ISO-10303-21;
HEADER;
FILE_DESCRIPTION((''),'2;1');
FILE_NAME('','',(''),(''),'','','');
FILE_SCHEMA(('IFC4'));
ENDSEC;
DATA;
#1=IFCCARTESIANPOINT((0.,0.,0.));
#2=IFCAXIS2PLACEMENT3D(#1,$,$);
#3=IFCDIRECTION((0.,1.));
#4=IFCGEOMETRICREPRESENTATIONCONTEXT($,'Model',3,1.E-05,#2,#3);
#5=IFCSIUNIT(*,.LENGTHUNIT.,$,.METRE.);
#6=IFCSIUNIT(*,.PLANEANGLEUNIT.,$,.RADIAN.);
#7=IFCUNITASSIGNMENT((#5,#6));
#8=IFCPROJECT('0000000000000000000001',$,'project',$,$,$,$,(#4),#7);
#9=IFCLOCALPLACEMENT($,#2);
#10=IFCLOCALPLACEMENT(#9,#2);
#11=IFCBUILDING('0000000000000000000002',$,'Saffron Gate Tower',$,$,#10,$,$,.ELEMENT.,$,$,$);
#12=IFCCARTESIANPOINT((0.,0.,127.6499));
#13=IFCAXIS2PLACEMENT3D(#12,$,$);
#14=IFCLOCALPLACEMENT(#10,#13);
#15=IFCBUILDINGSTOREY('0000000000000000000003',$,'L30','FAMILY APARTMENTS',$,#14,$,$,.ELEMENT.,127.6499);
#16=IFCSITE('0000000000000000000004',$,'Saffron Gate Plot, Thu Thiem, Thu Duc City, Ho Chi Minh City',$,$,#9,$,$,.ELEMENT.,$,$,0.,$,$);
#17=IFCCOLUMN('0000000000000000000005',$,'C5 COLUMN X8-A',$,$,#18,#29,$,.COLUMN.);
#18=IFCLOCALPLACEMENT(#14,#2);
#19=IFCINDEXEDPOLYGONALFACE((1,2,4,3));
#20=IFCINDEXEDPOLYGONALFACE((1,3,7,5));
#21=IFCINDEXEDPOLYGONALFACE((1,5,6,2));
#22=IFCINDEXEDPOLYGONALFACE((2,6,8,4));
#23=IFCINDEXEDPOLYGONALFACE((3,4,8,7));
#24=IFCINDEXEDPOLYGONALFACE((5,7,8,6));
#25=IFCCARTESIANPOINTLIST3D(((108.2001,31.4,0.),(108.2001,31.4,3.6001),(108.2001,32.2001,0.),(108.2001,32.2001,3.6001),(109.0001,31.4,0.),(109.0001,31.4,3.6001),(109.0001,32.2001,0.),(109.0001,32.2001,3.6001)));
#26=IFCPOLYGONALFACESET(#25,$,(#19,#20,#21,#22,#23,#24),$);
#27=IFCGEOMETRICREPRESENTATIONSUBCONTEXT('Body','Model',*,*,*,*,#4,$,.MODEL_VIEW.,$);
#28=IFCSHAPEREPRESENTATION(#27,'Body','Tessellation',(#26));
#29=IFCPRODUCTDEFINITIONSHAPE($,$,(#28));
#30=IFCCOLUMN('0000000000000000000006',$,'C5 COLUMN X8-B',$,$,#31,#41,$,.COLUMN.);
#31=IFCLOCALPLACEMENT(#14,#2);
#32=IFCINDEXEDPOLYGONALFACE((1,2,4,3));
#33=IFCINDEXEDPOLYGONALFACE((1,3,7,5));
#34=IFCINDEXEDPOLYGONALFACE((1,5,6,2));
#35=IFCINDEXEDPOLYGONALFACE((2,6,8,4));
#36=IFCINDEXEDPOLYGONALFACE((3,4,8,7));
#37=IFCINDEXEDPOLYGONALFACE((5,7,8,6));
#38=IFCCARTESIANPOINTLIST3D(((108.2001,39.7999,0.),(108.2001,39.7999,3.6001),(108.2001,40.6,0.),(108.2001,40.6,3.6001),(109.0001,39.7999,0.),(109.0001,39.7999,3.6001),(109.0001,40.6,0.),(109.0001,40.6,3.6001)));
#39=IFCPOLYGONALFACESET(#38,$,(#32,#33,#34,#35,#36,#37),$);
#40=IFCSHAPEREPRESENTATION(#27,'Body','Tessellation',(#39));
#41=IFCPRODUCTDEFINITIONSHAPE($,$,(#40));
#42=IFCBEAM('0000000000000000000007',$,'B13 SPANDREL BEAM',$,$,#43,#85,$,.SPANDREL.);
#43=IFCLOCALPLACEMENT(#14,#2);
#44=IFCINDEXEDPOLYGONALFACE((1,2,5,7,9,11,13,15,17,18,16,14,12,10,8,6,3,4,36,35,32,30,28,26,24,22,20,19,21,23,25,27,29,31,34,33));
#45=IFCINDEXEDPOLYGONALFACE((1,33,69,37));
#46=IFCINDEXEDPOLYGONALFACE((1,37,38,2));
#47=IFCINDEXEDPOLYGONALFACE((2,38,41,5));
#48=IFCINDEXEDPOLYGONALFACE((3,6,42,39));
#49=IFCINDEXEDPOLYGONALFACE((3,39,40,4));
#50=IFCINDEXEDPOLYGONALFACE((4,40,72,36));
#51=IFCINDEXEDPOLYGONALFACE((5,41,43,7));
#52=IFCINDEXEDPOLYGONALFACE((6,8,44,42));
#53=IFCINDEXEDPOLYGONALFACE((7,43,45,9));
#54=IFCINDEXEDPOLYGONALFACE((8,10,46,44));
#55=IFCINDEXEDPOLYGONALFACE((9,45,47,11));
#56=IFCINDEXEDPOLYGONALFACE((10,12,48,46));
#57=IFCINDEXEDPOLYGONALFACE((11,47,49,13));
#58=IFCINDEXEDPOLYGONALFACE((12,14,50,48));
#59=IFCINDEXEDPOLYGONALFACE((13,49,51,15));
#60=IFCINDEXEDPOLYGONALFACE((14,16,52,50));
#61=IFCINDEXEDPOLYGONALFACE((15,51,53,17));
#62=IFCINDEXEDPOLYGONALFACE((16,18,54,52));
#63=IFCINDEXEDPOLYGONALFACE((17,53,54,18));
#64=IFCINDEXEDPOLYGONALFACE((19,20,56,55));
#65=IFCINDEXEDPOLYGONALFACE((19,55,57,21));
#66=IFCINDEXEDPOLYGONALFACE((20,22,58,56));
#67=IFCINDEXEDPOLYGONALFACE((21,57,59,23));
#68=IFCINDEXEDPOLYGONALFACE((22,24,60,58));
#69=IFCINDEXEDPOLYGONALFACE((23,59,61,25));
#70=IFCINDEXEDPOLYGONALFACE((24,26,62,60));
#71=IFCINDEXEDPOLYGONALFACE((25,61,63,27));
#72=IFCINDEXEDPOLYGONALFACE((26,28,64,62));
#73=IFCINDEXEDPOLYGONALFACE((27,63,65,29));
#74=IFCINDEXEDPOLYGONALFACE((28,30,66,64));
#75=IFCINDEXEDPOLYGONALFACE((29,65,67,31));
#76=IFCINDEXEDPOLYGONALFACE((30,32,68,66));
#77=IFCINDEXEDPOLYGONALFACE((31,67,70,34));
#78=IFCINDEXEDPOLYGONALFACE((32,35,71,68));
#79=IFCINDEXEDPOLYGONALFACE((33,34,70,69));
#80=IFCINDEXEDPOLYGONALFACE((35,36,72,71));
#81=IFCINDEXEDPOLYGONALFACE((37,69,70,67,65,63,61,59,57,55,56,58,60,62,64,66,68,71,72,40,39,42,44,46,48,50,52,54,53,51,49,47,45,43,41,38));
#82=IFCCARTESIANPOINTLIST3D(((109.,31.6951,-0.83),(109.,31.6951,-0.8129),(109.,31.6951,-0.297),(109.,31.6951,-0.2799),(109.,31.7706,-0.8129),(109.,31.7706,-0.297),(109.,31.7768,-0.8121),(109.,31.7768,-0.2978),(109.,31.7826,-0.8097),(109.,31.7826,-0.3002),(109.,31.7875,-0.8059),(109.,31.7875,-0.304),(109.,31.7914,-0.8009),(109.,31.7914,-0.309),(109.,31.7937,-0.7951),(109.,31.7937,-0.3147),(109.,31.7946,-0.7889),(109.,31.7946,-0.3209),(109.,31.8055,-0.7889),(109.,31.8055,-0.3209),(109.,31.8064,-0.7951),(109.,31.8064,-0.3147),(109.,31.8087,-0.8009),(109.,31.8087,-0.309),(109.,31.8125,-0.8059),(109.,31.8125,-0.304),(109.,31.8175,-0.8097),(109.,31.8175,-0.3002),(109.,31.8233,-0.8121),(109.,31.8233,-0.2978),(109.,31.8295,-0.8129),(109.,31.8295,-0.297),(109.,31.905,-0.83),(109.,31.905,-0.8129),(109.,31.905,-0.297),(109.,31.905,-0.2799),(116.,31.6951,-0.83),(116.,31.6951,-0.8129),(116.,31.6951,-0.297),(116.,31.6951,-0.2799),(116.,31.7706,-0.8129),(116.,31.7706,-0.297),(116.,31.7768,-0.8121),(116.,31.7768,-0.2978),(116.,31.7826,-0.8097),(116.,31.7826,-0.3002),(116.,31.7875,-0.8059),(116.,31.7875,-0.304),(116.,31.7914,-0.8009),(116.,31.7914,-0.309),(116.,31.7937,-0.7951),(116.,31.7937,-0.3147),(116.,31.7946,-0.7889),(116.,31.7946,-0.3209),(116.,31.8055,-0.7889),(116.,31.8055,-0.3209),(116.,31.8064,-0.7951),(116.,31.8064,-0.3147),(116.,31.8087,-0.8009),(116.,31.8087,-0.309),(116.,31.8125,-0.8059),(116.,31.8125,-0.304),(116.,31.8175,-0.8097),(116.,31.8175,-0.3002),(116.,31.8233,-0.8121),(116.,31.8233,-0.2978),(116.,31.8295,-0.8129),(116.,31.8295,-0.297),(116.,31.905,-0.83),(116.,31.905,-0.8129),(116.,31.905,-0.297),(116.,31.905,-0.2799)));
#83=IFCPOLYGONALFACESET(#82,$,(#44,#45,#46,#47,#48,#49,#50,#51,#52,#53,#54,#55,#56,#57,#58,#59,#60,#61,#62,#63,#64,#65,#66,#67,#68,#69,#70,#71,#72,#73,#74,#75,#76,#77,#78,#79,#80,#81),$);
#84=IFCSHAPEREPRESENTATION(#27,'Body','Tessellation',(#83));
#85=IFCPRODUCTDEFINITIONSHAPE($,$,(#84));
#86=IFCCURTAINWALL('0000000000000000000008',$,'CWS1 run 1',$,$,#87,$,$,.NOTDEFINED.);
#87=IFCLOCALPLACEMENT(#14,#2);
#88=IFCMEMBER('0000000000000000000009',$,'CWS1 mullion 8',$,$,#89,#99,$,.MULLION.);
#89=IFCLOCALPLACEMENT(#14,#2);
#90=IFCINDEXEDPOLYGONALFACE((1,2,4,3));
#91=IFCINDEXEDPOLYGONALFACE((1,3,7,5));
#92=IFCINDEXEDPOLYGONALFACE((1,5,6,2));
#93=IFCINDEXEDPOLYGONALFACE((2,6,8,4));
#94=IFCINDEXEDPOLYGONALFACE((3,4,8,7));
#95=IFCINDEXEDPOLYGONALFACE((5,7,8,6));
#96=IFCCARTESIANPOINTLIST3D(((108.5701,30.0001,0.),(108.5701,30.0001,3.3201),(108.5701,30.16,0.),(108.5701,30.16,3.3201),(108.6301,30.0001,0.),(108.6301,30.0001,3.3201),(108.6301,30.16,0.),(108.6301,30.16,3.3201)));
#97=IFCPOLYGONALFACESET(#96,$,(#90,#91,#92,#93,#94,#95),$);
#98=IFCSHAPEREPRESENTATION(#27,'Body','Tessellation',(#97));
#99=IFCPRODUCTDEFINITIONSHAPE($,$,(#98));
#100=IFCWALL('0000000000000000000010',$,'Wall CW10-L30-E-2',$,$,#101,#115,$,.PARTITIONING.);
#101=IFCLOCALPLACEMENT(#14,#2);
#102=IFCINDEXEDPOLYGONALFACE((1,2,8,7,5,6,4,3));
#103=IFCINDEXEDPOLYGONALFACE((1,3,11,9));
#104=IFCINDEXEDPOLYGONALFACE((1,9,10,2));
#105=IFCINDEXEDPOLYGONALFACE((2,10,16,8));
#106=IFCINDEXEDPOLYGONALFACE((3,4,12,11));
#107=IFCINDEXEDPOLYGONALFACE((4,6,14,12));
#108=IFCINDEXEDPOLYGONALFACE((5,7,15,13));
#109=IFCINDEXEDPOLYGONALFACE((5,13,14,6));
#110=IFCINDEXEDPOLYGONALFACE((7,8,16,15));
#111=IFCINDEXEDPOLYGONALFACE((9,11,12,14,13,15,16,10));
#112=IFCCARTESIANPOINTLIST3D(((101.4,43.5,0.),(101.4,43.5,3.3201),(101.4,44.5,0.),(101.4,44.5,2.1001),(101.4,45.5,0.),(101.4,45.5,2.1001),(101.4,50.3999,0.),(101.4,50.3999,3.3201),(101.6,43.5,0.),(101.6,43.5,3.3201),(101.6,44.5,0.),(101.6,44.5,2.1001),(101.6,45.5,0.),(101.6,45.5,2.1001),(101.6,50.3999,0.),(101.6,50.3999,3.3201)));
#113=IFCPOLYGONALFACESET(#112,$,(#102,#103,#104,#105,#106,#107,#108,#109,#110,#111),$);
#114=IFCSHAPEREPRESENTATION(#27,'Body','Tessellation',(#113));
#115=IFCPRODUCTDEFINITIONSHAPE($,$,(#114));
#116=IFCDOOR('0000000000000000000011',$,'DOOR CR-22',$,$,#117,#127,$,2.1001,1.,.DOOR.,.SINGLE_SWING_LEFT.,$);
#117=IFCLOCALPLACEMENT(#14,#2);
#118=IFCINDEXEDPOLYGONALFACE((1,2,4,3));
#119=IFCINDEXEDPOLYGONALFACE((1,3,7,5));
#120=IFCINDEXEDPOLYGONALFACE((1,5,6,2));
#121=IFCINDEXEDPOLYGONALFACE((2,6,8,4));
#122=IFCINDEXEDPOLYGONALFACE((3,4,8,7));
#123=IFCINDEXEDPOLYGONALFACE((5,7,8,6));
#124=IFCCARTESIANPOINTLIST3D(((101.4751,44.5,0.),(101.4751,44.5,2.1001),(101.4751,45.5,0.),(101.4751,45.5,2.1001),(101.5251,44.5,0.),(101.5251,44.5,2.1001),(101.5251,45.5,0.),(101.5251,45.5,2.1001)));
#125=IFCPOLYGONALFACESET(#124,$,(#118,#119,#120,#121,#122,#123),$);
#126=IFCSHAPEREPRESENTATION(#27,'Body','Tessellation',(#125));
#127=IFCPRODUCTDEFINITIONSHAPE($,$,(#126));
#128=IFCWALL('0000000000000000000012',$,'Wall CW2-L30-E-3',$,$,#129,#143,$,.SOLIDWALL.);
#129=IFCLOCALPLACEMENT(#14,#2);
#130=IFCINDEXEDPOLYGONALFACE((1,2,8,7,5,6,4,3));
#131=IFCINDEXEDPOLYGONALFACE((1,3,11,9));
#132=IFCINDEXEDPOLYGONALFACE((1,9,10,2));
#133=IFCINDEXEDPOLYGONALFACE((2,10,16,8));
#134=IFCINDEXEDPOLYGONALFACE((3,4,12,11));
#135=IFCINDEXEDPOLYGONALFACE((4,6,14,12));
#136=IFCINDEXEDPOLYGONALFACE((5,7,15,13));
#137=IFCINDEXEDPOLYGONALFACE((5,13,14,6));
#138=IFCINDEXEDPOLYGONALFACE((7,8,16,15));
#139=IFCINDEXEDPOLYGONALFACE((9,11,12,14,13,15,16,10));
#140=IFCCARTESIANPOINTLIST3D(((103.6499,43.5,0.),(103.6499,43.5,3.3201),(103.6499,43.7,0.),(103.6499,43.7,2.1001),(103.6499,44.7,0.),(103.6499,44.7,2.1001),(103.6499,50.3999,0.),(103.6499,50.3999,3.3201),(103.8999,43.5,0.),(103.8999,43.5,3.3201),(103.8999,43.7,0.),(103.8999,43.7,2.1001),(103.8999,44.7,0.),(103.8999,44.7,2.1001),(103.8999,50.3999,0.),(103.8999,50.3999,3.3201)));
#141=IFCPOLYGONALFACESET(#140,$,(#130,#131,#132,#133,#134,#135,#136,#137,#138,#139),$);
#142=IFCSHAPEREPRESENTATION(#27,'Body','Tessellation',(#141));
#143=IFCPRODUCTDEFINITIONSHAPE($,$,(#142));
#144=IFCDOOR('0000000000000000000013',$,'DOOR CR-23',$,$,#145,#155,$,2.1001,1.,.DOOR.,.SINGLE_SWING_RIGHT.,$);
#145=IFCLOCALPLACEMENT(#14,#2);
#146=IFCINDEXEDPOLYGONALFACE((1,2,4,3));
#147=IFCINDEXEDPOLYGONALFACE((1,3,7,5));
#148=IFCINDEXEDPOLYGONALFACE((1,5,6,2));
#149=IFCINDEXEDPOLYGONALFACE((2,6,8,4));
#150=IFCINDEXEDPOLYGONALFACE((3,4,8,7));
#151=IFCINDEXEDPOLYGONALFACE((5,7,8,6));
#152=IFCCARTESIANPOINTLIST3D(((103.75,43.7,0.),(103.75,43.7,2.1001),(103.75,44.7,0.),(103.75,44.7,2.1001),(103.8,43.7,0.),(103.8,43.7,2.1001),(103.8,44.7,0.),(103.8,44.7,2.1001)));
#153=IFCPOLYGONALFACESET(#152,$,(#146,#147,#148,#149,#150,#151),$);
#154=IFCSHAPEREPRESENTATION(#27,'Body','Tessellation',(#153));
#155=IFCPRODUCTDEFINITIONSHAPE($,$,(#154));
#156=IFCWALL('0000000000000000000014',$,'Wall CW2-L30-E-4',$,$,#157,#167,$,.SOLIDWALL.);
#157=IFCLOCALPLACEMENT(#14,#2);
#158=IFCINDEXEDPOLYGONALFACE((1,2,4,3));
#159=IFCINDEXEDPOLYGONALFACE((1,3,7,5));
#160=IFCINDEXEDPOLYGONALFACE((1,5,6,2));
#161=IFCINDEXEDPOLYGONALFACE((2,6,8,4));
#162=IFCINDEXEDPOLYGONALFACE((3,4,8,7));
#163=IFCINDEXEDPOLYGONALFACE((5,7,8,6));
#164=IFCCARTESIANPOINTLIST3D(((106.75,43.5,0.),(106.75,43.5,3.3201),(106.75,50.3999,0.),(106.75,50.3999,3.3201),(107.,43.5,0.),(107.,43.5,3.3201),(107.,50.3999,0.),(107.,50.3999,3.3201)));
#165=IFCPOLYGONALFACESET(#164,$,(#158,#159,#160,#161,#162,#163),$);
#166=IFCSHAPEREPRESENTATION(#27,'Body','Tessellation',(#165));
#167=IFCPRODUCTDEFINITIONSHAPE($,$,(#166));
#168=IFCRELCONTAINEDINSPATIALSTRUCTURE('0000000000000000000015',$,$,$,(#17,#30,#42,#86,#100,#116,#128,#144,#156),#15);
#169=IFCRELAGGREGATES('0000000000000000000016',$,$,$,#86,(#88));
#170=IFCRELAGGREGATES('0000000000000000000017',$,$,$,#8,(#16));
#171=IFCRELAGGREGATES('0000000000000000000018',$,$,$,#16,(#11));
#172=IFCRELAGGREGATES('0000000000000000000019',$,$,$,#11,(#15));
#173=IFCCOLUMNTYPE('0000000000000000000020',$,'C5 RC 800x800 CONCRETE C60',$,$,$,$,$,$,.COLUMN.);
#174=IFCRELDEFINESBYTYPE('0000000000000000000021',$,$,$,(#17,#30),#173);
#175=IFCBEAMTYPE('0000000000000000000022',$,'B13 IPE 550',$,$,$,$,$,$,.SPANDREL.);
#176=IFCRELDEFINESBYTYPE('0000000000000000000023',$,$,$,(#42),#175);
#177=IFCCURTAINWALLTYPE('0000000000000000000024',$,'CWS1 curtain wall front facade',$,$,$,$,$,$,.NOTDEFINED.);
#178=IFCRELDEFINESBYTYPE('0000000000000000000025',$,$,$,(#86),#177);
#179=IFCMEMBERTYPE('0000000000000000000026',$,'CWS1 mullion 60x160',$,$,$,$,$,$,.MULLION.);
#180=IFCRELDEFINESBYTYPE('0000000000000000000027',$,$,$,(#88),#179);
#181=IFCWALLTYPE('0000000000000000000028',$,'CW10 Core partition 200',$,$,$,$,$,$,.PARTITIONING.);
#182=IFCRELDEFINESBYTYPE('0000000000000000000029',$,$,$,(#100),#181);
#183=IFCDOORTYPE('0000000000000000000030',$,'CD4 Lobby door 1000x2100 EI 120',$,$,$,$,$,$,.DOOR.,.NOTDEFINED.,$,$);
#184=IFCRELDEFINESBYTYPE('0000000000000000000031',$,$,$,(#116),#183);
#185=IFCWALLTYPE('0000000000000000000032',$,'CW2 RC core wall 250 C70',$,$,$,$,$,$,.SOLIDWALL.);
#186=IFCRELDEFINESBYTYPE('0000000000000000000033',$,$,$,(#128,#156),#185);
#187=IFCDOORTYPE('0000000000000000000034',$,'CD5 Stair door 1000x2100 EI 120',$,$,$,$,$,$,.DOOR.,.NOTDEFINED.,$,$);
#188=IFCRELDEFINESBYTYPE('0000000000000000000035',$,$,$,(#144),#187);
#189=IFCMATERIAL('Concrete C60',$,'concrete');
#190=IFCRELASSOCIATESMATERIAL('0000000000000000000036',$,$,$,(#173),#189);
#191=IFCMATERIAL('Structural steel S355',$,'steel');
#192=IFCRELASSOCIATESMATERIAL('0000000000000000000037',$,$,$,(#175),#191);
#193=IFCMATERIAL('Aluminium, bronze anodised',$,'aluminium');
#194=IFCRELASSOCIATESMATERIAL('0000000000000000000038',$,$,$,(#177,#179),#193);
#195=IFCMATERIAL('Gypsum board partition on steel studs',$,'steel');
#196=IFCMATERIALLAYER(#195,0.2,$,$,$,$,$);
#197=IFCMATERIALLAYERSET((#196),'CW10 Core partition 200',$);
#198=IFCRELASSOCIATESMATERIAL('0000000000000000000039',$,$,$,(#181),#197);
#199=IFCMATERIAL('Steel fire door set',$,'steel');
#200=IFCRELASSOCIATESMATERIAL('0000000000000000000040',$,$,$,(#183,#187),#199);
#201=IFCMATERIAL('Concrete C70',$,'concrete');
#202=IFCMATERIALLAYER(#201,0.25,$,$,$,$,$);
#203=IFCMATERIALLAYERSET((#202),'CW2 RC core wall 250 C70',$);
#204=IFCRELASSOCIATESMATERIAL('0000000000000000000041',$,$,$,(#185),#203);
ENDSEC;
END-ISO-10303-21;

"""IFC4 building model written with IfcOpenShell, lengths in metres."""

from ifc_helpers import new_model, si_unit, direction, frame, frame_2d, origin, origin_2d, place, context, subcontext, project, spatial, rectangle, i_section, extrude, material, layer, layer_set, material_profile, profile_set, type_object, element, fill, aggregate, save


model = new_model("IFC4")

# Units and contexts
model_context = context("Model", 3, precision=1e-05, world=origin(), true_north=direction((0.0, 1.0)))
body_context = subcontext(model_context, "Body", "Model", "MODEL_VIEW")
ifc_project = project(units=[si_unit("LENGTHUNIT", "METRE"), si_unit("PLANEANGLEUNIT", "RADIAN")], contexts=[model_context])

# Site, building, storey
site_placement = place(None, origin())
site = spatial("IfcSite", under=ifc_project, at=site_placement, Name="Saffron Gate Plot, Thu Thiem, Thu Duc City, Ho Chi Minh City", CompositionType="ELEMENT", RefElevation=0.0)
building_placement = place(site_placement, origin())
building = spatial("IfcBuilding", under=site, at=building_placement, Name="Saffron Gate Tower", CompositionType="ELEMENT")
storey_placement = place(building_placement, frame((0.0, 0.0, 127.6499)))
storey = spatial("IfcBuildingStorey", under=building, at=storey_placement, Name="L30", Description="FAMILY APARTMENTS", CompositionType="ELEMENT", Elevation=127.6499)

# Columns
ifc_material_1 = material(Name="Concrete C60", Category="concrete")
ifc_material_profile_1 = material_profile(ifc_material_1, rectangle(XDim=0.8, YDim=0.8, at=origin_2d()))
ifc_profile_set_1 = profile_set([ifc_material_profile_1], Name="Concrete C60")
column_type = type_object("IfcColumnType", Name="C5 RC 800x800 CONCRETE C60", PredefinedType="COLUMN", material=ifc_profile_set_1)
for number, where, z_axis, x_axis, name in (
    (1, (108.6001, 31.8, 0.0), (0.0, 0.0, 1.0), (1.0, 0.0, 0.0), "C5 COLUMN X8-A"),
    (2, (108.6001, 40.2, 0.0), (0.0, 0.0, 1.0), (1.0, 0.0, 0.0), "C5 COLUMN X8-B"),
):
    element("IfcColumn", number, at=place(storey_placement, frame(where, z_axis=z_axis, x_axis=x_axis)), inside=storey, type_object=column_type, Name=name, PredefinedType="COLUMN", context=body_context, shape_type="SweptSolid", body=[
        extrude(rectangle(XDim=0.8, YDim=0.8, at=origin_2d()), origin(), (0.0, 0.0, 1.0), 3.6001),
    ])

# Beam
ifc_material_2 = material(Name="Structural steel S355", Category="steel")
ifc_material_profile_2 = material_profile(ifc_material_2, i_section(OverallWidth=0.21, OverallDepth=0.55, WebThickness=0.011, FlangeThickness=0.0171, FilletRadius=0.0239, at=origin_2d()))
ifc_profile_set_2 = profile_set([ifc_material_profile_2], Name="Structural steel S355")
beam_type = type_object("IfcBeamType", Name="B13 IPE 550", PredefinedType="SPANDREL", material=ifc_profile_set_2)
beam_placement = place(storey_placement, frame((109.0, 31.8, -0.5549), z_axis=(1.0, 0.0, 0.0), x_axis=(0.0, 1.0, 0.0)))
element("IfcBeam", 3, at=beam_placement, inside=storey, type_object=beam_type, Name="B13 SPANDREL BEAM", PredefinedType="SPANDREL", context=body_context, shape_type="SweptSolid", body=[
    extrude(i_section(OverallWidth=0.21, OverallDepth=0.55, WebThickness=0.011, FlangeThickness=0.0171, FilletRadius=0.0239, at=origin_2d()), origin(), (0.0, 0.0, 1.0), 7.0),
])

# Curtain wall, member
ifc_material_3 = material(Name="Aluminium, bronze anodised", Category="aluminium")
curtain_wall_type = type_object("IfcCurtainWallType", Name="CWS1 curtain wall front facade", PredefinedType="NOTDEFINED", material=ifc_material_3)
curtain_wall_placement = place(storey_placement, origin())
curtain_wall = element("IfcCurtainWall", 4, at=curtain_wall_placement, inside=storey, type_object=curtain_wall_type, Name="CWS1 run 1", PredefinedType="NOTDEFINED")
ifc_material_profile_3 = material_profile(ifc_material_3, rectangle(XDim=0.1599, YDim=0.0601, at=origin_2d()))
ifc_profile_set_3 = profile_set([ifc_material_profile_3], Name="Aluminium, bronze anodised")
member_type = type_object("IfcMemberType", Name="CWS1 mullion 60x160", PredefinedType="MULLION", material=ifc_profile_set_3)
member_placement = place(storey_placement, frame((108.6001, 30.0801, 0.0), z_axis=(0.0, 0.0, 1.0), x_axis=(0.0, 1.0, 0.0)))
member = element("IfcMember", 5, at=member_placement, type_object=member_type, Name="CWS1 mullion 8", PredefinedType="MULLION", context=body_context, shape_type="SweptSolid", body=[
    extrude(rectangle(XDim=0.1599, YDim=0.0601, at=origin_2d()), origin(), (0.0, 0.0, 1.0), 3.3201),
])
aggregate(curtain_wall, [member])

# Walls, openings, doors
ifc_material_4 = material(Name="Gypsum board partition on steel studs", Category="steel")
ifc_layer_1 = layer(ifc_material_4, 0.2)
ifc_layer_set_1 = layer_set([ifc_layer_1], Name="CW10 Core partition 200")
wall_type_1 = type_object("IfcWallType", Name="CW10 Core partition 200", PredefinedType="PARTITIONING", material=ifc_layer_set_1)
wall_1_placement = place(storey_placement, frame((101.5, 43.5, 0.0), z_axis=(0.0, 0.0, 1.0), x_axis=(0.0, 1.0, 0.0)))
wall_1 = element("IfcWall", 6, at=wall_1_placement, inside=storey, type_object=wall_type_1, Name="Wall CW10-L30-E-2", PredefinedType="PARTITIONING", context=body_context, shape_type="SweptSolid", body=[
    extrude(rectangle(XDim=6.8999, YDim=0.2, at=frame_2d((3.45, 0.0))), origin(), (0.0, 0.0, 1.0), 3.3201),
])
opening_1_placement = place(wall_1_placement, frame((1.0, 0.0, 0.0)))
opening_1 = element("IfcOpeningElement", 7, at=opening_1_placement, cuts=wall_1, PredefinedType="OPENING", context=body_context, shape_type="SweptSolid", body=[
    extrude(rectangle(XDim=1.0, YDim=2.1001, at=frame_2d((0.5, 1.05))), frame((0.0, 0.1099, 0.0), z_axis=(0.0, -1.0, 0.0), x_axis=(1.0, 0.0, 0.0)), (0.0, 0.0, 1.0), 0.22),
])
ifc_material_5 = material(Name="Steel fire door set", Category="steel")
door_type_1 = type_object("IfcDoorType", Name="CD4 Lobby door 1000x2100 EI 120", OperationType="NOTDEFINED", PredefinedType="DOOR", material=ifc_material_5)
door_1_placement = place(opening_1_placement, origin())
door_1 = element("IfcDoor", 8, at=door_1_placement, inside=storey, type_object=door_type_1, Name="DOOR CR-22", OperationType="SINGLE_SWING_LEFT", OverallHeight=2.1001, OverallWidth=1.0, PredefinedType="DOOR", context=body_context, shape_type="SweptSolid", body=[
    extrude(rectangle(XDim=1.0, YDim=2.1001, at=frame_2d((0.5, 1.05))), frame((0.0, 0.0249, 0.0), z_axis=(0.0, -1.0, 0.0), x_axis=(1.0, 0.0, 0.0)), (0.0, 0.0, 1.0), 0.05),
])
fill(opening_1, door_1)
ifc_material_6 = material(Name="Concrete C70", Category="concrete")
ifc_layer_2 = layer(ifc_material_6, 0.25)
ifc_layer_set_2 = layer_set([ifc_layer_2], Name="CW2 RC core wall 250 C70")
wall_type_2 = type_object("IfcWallType", Name="CW2 RC core wall 250 C70", PredefinedType="SOLIDWALL", material=ifc_layer_set_2)
wall_2_placement = place(storey_placement, frame((103.7749, 43.5, 0.0), z_axis=(0.0, 0.0, 1.0), x_axis=(0.0, 1.0, 0.0)))
wall_2 = element("IfcWall", 9, at=wall_2_placement, inside=storey, type_object=wall_type_2, Name="Wall CW2-L30-E-3", PredefinedType="SOLIDWALL", context=body_context, shape_type="SweptSolid", body=[
    extrude(rectangle(XDim=6.8999, YDim=0.25, at=frame_2d((3.45, 0.0))), origin(), (0.0, 0.0, 1.0), 3.3201),
])
opening_2_placement = place(wall_2_placement, frame((0.2, 0.0, 0.0)))
opening_2 = element("IfcOpeningElement", 10, at=opening_2_placement, cuts=wall_2, PredefinedType="OPENING", context=body_context, shape_type="SweptSolid", body=[
    extrude(rectangle(XDim=1.0, YDim=2.1001, at=frame_2d((0.5, 1.05))), frame((0.0, 0.135, 0.0), z_axis=(0.0, -1.0, 0.0), x_axis=(1.0, 0.0, 0.0)), (0.0, 0.0, 1.0), 0.27),
])
door_type_2 = type_object("IfcDoorType", Name="CD5 Stair door 1000x2100 EI 120", OperationType="NOTDEFINED", PredefinedType="DOOR", material=ifc_material_5)
door_2_placement = place(opening_2_placement, origin())
door_2 = element("IfcDoor", 11, at=door_2_placement, inside=storey, type_object=door_type_2, Name="DOOR CR-23", OperationType="SINGLE_SWING_RIGHT", OverallHeight=2.1001, OverallWidth=1.0, PredefinedType="DOOR", context=body_context, shape_type="SweptSolid", body=[
    extrude(rectangle(XDim=1.0, YDim=2.1001, at=frame_2d((0.5, 1.05))), frame((0.0, 0.0249, 0.0), z_axis=(0.0, -1.0, 0.0), x_axis=(1.0, 0.0, 0.0)), (0.0, 0.0, 1.0), 0.05),
])
fill(opening_2, door_2)

# Wall
wall_3_placement = place(storey_placement, frame((106.875, 43.5, 0.0), z_axis=(0.0, 0.0, 1.0), x_axis=(0.0, 1.0, 0.0)))
element("IfcWall", 12, at=wall_3_placement, inside=storey, type_object=wall_type_2, Name="Wall CW2-L30-E-4", PredefinedType="SOLIDWALL", context=body_context, shape_type="SweptSolid", body=[
    extrude(rectangle(XDim=6.8999, YDim=0.25, at=frame_2d((3.45, 0.0))), origin(), (0.0, 0.0, 1.0), 3.3201),
])

save(model, "model.ifc")
